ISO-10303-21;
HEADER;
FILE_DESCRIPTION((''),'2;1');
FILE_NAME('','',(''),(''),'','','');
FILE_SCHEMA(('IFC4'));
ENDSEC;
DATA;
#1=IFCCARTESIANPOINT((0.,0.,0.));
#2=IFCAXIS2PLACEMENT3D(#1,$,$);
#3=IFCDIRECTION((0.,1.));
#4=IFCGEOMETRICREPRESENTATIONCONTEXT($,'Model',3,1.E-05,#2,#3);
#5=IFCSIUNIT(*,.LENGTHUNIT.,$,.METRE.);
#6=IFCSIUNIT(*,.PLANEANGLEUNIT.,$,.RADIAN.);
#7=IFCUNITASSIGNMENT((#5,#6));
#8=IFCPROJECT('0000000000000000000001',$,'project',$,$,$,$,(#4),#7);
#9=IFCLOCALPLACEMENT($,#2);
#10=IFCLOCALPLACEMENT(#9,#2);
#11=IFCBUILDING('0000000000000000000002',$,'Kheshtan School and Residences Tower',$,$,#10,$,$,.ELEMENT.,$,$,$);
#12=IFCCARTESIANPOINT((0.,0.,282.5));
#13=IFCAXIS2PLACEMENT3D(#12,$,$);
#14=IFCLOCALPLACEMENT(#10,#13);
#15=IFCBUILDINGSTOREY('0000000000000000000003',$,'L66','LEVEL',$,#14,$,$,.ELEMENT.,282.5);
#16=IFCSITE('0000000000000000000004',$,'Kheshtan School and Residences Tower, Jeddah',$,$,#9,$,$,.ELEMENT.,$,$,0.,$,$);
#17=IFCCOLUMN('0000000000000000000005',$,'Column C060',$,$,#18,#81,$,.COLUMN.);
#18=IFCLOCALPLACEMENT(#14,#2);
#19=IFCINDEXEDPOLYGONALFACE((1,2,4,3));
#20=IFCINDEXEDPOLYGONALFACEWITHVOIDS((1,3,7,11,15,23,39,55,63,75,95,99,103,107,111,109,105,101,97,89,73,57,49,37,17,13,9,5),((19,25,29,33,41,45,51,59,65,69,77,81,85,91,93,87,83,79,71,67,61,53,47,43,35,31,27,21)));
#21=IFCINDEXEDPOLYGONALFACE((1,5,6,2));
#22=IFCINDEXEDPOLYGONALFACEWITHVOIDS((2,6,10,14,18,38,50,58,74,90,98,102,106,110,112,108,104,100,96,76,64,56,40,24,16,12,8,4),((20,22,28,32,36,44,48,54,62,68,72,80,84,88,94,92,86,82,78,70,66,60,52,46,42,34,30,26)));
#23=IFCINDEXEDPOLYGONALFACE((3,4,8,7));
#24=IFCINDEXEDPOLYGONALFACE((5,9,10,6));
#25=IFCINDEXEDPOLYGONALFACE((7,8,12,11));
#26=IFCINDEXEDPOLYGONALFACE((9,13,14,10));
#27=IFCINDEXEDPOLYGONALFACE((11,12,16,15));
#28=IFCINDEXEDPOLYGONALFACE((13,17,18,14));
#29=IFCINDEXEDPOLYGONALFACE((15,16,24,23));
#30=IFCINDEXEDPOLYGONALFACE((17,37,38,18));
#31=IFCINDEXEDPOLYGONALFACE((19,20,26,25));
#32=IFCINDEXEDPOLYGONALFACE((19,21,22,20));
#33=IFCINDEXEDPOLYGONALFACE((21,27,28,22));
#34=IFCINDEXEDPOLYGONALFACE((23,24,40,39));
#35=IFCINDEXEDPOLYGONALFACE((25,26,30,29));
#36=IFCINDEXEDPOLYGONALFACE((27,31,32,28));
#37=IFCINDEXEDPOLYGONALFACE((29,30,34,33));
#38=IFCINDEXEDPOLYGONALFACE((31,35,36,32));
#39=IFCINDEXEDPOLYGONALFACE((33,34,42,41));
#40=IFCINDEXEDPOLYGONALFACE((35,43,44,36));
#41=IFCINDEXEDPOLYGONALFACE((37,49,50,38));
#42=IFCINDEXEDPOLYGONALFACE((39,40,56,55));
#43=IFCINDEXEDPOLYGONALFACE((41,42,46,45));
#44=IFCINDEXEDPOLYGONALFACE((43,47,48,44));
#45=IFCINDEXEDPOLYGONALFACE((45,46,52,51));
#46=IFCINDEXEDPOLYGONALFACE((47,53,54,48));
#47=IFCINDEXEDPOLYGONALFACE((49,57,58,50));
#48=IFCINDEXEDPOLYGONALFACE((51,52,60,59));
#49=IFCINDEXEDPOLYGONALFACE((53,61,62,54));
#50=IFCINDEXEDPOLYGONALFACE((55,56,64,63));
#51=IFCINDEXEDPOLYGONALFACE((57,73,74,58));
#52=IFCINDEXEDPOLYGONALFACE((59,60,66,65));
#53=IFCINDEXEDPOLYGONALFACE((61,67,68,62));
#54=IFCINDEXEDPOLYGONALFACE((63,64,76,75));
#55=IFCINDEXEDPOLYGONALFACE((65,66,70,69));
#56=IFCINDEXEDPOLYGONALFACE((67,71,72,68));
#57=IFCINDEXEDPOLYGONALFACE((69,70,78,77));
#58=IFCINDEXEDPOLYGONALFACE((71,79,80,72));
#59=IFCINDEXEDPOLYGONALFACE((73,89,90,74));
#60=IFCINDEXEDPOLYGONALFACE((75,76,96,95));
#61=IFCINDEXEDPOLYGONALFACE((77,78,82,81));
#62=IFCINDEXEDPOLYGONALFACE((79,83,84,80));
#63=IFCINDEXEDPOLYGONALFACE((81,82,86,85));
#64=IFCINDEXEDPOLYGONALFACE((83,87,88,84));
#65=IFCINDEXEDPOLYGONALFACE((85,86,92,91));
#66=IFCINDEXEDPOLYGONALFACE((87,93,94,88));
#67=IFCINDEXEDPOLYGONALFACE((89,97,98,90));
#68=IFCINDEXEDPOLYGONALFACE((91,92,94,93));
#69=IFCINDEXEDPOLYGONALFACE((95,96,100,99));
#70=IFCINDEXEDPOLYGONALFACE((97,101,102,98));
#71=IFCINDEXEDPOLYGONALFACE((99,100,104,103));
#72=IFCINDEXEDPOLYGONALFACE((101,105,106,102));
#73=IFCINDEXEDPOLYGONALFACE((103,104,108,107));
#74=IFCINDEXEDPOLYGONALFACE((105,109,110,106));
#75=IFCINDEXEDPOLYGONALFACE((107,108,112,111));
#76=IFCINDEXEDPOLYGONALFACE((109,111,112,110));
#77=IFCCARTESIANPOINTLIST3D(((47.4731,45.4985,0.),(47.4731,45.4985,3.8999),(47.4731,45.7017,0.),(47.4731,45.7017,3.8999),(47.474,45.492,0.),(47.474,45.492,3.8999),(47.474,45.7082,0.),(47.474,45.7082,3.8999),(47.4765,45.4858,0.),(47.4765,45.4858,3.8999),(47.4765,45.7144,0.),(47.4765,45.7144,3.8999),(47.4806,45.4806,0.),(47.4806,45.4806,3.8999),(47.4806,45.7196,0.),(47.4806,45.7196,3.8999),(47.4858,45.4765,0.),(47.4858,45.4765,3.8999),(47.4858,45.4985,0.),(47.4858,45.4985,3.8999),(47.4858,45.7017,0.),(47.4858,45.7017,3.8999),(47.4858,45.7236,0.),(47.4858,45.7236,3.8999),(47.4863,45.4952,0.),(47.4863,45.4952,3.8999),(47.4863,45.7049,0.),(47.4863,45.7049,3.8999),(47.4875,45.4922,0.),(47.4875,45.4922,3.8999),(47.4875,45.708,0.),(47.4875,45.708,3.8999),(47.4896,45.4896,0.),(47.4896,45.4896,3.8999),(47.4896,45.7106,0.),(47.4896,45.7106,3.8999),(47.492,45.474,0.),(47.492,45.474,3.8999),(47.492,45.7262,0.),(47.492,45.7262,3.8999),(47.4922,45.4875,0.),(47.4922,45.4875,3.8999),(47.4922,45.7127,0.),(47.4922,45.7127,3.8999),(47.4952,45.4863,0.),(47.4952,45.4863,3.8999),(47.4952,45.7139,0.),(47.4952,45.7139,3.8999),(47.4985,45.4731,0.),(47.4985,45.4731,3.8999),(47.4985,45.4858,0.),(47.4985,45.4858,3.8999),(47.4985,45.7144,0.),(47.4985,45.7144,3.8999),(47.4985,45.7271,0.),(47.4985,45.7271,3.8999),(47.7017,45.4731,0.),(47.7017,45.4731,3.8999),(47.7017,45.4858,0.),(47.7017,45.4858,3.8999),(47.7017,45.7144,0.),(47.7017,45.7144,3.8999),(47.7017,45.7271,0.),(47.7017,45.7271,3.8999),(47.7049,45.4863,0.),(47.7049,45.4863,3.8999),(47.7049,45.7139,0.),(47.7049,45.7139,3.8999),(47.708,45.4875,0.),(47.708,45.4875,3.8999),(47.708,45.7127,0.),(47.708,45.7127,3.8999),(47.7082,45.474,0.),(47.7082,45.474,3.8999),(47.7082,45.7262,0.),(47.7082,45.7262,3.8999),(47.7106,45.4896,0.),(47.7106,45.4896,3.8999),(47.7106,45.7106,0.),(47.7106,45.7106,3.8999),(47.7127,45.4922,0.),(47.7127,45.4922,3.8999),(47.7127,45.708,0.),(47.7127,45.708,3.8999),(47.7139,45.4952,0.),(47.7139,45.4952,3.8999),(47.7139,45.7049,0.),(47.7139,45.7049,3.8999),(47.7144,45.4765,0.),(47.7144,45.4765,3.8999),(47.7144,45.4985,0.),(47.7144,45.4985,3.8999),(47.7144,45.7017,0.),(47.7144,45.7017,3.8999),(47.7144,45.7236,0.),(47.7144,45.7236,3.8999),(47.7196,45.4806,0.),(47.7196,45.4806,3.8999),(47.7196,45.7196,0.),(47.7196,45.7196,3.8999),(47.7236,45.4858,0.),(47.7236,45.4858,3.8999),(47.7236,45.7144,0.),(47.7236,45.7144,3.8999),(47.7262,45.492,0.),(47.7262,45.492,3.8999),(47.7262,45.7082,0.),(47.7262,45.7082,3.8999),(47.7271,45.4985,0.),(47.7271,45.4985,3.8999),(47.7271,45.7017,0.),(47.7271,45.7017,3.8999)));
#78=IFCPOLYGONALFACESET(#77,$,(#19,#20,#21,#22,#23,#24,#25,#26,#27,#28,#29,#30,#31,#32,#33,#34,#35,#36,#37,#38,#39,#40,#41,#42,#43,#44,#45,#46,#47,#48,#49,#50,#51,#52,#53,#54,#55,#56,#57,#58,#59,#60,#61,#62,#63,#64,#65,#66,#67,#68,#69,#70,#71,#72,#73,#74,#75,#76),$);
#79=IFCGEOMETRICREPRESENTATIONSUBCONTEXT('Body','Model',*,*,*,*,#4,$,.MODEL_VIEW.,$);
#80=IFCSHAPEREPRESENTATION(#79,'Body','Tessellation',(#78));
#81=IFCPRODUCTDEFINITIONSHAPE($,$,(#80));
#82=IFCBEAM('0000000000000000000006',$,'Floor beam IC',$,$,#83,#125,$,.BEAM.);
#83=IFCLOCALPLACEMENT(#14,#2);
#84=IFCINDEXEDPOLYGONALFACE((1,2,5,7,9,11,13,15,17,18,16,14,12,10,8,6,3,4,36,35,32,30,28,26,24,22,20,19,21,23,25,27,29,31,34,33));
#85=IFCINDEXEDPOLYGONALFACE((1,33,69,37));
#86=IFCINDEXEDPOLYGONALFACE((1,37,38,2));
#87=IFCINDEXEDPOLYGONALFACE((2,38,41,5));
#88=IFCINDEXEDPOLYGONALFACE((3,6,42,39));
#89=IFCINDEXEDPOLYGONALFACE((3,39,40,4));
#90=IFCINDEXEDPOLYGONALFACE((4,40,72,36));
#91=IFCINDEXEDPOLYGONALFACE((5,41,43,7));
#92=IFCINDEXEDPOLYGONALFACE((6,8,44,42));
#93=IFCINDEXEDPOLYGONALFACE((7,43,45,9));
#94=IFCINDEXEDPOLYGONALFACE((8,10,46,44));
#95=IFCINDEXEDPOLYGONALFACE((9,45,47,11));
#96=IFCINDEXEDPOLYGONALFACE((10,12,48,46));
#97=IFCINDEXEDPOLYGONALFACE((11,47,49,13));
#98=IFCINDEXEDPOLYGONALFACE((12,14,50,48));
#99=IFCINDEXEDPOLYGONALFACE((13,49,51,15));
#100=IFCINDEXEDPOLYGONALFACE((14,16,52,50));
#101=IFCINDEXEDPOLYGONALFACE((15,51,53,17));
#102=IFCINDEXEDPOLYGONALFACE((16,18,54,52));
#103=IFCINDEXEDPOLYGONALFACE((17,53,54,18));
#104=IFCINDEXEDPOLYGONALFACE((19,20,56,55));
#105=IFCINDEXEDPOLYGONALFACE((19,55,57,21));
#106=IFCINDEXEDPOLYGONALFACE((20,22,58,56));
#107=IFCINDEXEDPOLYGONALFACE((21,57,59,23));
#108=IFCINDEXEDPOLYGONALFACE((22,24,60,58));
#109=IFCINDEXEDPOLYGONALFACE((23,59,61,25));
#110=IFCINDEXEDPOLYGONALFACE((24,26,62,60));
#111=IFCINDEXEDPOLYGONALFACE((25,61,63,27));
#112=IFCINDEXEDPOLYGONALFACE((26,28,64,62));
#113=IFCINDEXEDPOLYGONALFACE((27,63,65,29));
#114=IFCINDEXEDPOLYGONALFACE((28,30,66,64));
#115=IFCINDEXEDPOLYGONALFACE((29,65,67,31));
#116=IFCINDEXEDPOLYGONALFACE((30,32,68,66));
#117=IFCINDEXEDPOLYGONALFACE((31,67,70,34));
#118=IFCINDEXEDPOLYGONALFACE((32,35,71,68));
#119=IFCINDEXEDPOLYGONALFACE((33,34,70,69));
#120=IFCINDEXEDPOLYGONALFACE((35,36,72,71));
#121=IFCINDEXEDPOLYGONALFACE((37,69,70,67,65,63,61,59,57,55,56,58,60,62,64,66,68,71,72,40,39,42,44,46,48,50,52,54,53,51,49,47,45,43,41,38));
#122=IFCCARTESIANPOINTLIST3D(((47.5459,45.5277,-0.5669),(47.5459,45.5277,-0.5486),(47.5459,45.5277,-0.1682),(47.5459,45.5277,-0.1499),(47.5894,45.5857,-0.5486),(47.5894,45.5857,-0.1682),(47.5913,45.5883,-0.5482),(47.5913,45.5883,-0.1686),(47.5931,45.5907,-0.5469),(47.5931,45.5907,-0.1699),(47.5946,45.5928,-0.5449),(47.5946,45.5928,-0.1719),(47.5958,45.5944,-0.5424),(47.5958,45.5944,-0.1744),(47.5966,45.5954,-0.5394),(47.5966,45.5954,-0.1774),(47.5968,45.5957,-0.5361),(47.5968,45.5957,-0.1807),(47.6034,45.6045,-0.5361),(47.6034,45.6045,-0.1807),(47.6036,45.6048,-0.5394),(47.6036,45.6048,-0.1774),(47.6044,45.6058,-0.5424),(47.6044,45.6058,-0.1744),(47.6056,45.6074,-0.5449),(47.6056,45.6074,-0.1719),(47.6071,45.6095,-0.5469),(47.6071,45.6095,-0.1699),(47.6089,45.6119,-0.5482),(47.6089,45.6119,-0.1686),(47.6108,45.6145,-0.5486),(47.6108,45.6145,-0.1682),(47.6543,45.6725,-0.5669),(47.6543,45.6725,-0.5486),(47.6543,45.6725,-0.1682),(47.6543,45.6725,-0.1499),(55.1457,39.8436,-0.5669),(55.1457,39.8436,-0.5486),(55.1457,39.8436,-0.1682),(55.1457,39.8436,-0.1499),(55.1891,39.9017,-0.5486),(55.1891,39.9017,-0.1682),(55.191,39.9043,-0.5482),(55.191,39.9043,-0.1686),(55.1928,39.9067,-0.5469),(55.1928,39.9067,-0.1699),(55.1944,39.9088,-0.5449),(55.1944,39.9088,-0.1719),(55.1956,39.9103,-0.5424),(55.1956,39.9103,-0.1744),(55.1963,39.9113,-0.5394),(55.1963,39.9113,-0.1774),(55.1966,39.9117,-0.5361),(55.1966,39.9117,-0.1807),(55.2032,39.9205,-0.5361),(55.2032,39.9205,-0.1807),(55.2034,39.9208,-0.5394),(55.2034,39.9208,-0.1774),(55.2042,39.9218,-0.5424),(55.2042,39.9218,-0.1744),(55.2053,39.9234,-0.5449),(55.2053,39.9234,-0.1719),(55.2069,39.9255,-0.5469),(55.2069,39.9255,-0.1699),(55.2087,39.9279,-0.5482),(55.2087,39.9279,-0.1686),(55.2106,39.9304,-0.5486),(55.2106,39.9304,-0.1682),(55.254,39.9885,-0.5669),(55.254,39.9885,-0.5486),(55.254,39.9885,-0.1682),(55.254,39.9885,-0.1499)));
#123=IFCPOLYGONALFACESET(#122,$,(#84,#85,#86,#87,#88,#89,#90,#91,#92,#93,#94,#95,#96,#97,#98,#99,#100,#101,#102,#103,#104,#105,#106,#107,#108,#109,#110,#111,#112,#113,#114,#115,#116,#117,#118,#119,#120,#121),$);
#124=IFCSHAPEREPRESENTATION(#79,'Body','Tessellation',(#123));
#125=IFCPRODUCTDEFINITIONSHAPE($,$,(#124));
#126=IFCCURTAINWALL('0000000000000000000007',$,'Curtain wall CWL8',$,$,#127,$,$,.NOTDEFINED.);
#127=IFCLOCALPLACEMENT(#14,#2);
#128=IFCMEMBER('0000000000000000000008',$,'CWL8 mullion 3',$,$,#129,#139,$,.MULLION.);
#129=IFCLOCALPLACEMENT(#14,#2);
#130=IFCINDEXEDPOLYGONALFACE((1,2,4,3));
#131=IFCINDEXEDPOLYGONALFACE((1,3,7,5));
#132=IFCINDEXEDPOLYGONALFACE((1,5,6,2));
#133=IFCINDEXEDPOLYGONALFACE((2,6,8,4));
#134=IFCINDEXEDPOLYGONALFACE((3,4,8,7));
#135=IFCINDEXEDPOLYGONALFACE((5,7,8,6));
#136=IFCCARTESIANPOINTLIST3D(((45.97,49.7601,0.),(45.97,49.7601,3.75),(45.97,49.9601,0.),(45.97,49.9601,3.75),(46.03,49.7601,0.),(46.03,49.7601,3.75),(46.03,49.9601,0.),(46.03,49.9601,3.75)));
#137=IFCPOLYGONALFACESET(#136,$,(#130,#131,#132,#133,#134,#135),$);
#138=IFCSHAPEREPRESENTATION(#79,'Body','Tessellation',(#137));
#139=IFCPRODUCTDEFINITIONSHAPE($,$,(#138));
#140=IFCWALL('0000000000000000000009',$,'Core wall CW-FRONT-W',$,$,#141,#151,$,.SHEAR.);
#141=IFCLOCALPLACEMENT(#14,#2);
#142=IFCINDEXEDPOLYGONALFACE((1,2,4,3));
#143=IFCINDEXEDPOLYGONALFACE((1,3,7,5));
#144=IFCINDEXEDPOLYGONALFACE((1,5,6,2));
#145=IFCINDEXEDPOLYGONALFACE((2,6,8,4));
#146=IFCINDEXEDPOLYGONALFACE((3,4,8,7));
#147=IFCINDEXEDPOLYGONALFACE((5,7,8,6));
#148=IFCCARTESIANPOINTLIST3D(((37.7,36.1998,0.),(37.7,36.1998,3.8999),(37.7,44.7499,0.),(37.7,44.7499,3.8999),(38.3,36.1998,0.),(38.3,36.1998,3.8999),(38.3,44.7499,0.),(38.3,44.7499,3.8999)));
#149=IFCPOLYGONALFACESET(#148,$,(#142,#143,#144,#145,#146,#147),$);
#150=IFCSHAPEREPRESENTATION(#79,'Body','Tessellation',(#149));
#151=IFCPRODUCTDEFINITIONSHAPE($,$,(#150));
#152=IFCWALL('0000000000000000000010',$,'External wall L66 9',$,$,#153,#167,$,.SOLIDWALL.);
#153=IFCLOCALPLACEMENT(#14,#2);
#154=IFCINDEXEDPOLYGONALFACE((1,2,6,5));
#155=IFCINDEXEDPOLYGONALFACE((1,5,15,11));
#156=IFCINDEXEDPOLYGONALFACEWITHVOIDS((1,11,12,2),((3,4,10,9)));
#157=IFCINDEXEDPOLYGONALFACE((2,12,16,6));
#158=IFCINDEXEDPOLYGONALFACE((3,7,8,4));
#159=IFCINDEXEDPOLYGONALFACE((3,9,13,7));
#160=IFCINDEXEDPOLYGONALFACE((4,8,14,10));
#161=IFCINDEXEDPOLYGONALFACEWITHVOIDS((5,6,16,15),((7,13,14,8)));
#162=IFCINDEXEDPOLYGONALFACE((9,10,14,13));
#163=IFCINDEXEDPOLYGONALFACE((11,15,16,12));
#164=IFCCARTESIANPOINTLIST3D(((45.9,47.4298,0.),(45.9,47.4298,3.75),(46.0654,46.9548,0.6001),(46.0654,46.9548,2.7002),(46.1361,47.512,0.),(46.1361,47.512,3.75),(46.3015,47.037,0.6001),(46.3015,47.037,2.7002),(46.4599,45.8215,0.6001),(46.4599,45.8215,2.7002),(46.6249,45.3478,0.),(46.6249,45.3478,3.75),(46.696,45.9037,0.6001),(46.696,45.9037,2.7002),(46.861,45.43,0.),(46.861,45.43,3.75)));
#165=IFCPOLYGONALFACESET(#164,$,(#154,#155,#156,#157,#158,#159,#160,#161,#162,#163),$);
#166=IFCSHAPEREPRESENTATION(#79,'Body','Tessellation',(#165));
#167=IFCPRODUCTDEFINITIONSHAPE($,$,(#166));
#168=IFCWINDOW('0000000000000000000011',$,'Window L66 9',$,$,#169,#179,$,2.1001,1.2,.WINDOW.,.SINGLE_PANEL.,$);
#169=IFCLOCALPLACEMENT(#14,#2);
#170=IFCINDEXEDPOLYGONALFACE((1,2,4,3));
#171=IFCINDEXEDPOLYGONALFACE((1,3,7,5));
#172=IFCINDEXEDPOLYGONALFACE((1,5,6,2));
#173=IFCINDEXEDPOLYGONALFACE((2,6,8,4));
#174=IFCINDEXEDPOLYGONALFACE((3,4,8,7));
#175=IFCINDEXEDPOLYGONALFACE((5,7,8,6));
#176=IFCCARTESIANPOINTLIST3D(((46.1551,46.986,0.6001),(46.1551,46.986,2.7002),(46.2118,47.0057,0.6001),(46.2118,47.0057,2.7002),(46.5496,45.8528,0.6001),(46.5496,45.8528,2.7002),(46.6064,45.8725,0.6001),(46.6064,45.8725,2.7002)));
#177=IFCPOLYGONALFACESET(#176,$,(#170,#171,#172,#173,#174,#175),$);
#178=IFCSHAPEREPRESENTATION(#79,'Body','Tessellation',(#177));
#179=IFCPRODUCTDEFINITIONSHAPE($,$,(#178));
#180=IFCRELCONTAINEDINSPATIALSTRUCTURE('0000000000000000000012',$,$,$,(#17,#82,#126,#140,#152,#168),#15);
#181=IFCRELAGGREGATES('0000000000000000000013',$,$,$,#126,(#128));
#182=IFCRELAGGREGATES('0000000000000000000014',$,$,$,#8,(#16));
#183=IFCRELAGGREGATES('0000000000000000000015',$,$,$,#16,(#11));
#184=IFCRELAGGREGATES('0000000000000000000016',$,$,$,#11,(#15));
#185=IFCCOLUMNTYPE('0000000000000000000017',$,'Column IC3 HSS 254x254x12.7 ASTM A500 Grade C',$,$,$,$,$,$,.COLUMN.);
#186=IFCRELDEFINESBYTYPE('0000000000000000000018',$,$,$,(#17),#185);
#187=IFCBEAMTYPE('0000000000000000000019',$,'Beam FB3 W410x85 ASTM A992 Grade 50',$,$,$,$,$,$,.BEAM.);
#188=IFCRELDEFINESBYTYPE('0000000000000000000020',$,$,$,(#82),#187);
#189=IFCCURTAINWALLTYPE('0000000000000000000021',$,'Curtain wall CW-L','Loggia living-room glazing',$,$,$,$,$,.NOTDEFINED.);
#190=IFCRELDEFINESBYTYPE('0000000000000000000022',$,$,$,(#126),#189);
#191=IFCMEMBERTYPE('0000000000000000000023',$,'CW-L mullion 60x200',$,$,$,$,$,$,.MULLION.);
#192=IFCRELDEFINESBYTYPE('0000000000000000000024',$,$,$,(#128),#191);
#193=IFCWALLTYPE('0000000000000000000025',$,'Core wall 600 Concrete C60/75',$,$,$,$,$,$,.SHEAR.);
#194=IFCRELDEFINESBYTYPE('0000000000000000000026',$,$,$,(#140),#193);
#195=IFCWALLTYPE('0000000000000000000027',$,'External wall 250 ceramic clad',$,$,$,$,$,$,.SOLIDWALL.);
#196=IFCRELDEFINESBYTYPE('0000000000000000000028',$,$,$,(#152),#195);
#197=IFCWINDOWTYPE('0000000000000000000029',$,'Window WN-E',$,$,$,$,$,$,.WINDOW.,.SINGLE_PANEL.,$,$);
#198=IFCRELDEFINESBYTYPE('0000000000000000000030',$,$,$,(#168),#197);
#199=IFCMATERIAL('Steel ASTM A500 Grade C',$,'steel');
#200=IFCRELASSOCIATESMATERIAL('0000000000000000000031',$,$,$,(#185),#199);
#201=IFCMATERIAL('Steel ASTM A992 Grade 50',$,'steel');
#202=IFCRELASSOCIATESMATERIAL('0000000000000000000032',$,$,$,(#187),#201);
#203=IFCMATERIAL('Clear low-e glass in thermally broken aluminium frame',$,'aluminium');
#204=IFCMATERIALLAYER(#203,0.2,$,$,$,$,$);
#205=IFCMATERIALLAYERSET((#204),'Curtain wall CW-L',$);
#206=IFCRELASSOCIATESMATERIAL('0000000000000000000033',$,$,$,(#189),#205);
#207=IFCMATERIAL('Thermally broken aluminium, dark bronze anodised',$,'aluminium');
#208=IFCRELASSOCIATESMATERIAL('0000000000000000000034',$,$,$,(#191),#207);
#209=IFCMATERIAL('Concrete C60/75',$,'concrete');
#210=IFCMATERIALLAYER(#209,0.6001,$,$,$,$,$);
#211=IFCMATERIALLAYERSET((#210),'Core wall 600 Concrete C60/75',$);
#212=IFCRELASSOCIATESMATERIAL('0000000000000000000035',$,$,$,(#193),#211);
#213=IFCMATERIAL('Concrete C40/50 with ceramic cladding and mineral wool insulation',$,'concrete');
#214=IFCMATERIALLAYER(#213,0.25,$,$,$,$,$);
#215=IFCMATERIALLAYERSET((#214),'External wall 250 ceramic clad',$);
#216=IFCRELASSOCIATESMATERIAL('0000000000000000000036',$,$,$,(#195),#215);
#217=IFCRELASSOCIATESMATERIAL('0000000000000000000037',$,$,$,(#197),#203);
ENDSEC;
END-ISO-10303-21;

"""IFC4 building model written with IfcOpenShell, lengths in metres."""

from ifc_helpers import new_model, si_unit, direction, frame, frame_2d, origin, origin_2d, place, context, subcontext, project, spatial, rectangle, hollow_rectangle, i_section, extrude, source, transform, mapped, material, layer, layer_set, material_profile, profile_set, type_object, element, fill, aggregate, save


model = new_model("IFC4")

# Units and contexts
model_context = context("Model", 3, precision=1e-05, world=origin(), true_north=direction((0.0, 1.0)))
body_context = subcontext(model_context, "Body", "Model", "MODEL_VIEW")
ifc_project = project(units=[si_unit("LENGTHUNIT", "METRE"), si_unit("PLANEANGLEUNIT", "RADIAN")], contexts=[model_context])

# Site, building, storey
site_placement = place(None, origin())
site = spatial("IfcSite", under=ifc_project, at=site_placement, Name="Kheshtan School and Residences Tower, Jeddah", CompositionType="ELEMENT", RefElevation=0.0)
building_placement = place(site_placement, origin())
building = spatial("IfcBuilding", under=site, at=building_placement, Name="Kheshtan School and Residences Tower", CompositionType="ELEMENT")
storey_placement = place(building_placement, frame((0.0, 0.0, 282.5)))
storey = spatial("IfcBuildingStorey", under=building, at=storey_placement, Name="L66", Description="LEVEL", CompositionType="ELEMENT", Elevation=282.5)

# Column
ifc_material_1 = material(Name="Steel ASTM A500 Grade C", Category="steel")
ifc_material_profile_1 = material_profile(ifc_material_1, hollow_rectangle(XDim=0.2539, YDim=0.2539, WallThickness=0.0127, InnerFilletRadius=0.0127, OuterFilletRadius=0.0254, at=origin_2d()), Name="HSS 254x254x12.7")
ifc_profile_set_1 = profile_set([ifc_material_profile_1], Name="Steel ASTM A500 Grade C")
column_type = type_object("IfcColumnType", Name="Column IC3 HSS 254x254x12.7 ASTM A500 Grade C", PredefinedType="COLUMN", material=ifc_profile_set_1)
column_placement = place(storey_placement, frame((47.6001, 45.6001, 0.0), z_axis=(0.0, 0.0, 1.0), x_axis=(1.0, 0.0, 0.0)))
element("IfcColumn", 1, at=column_placement, inside=storey, type_object=column_type, Name="Column C060", PredefinedType="COLUMN", context=body_context, shape_type="SweptSolid", body=[
    extrude(hollow_rectangle(XDim=0.2539, YDim=0.2539, WallThickness=0.0127, InnerFilletRadius=0.0127, OuterFilletRadius=0.0254, at=origin_2d()), origin(), (0.0, 0.0, 1.0), 3.8999),
])

# Beam
ifc_material_2 = material(Name="Steel ASTM A992 Grade 50", Category="steel")
ifc_material_profile_2 = material_profile(ifc_material_2, i_section(OverallWidth=0.1809, OverallDepth=0.417, WebThickness=0.011, FlangeThickness=0.0183, FilletRadius=0.0125, at=origin_2d()), Name="W410x85")
ifc_profile_set_2 = profile_set([ifc_material_profile_2], Name="Steel ASTM A992 Grade 50")
beam_type = type_object("IfcBeamType", Name="Beam FB3 W410x85 ASTM A992 Grade 50", PredefinedType="BEAM", material=ifc_profile_set_2)
beam_placement = place(storey_placement, frame((47.6001, 45.6001, -0.3584), z_axis=(0.800799, -0.598933, 0.0), x_axis=(0.598933, 0.800799, 0.0)))
element("IfcBeam", 2, at=beam_placement, inside=storey, type_object=beam_type, Name="Floor beam IC", PredefinedType="BEAM", context=body_context, shape_type="SweptSolid", body=[
    extrude(i_section(OverallWidth=0.1809, OverallDepth=0.417, WebThickness=0.011, FlangeThickness=0.0183, FilletRadius=0.0125, at=origin_2d()), origin(), (0.0, 0.0, 1.0), 9.4902),
])

# Curtain wall, member
ifc_material_3 = material(Name="Clear low-e glass in thermally broken aluminium frame", Category="aluminium")
ifc_layer_1 = layer(ifc_material_3, 0.2)
ifc_layer_set_1 = layer_set([ifc_layer_1], Name="Curtain wall CW-L")
curtain_wall_type = type_object("IfcCurtainWallType", Name="Curtain wall CW-L", Description="Loggia living-room glazing", PredefinedType="NOTDEFINED", material=ifc_layer_set_1)
curtain_wall_placement = place(storey_placement, origin())
curtain_wall = element("IfcCurtainWall", 3, at=curtain_wall_placement, inside=storey, type_object=curtain_wall_type, Name="Curtain wall CWL8", PredefinedType="NOTDEFINED")
ifc_material_4 = material(Name="Thermally broken aluminium, dark bronze anodised", Category="aluminium")
ifc_material_profile_3 = material_profile(ifc_material_4, rectangle(XDim=0.0601, YDim=0.2, at=origin_2d()), Name="CW-L mullion 60x200")
ifc_profile_set_3 = profile_set([ifc_material_profile_3], Name="Thermally broken aluminium, dark bronze anodised")
member_type = type_object("IfcMemberType", Name="CW-L mullion 60x200", PredefinedType="MULLION", material=ifc_profile_set_3)
member_placement = place(storey_placement, frame((46.0, 49.8601, 0.0), z_axis=(0.0, 0.0, 1.0), x_axis=(1.0, 0.0, 0.0)))
member = element("IfcMember", 4, at=member_placement, type_object=member_type, Name="CWL8 mullion 3", PredefinedType="MULLION", context=body_context, shape_type="SweptSolid", body=[
    extrude(rectangle(XDim=0.0601, YDim=0.2, at=origin_2d()), origin(), (0.0, 0.0, 1.0), 3.75),
])
aggregate(curtain_wall, [member])

# Wall
ifc_material_5 = material(Name="Concrete C60/75", Category="concrete")
ifc_layer_2 = layer(ifc_material_5, 0.6001)
ifc_layer_set_2 = layer_set([ifc_layer_2], Name="Core wall 600 Concrete C60/75")
wall_type_1 = type_object("IfcWallType", Name="Core wall 600 Concrete C60/75", PredefinedType="SHEAR", material=ifc_layer_set_2)
wall_1_placement = place(storey_placement, frame((38.0, 36.2, 0.0), z_axis=(0.0, 0.0, 1.0), x_axis=(0.0, 1.0, 0.0)))
element("IfcWall", 5, at=wall_1_placement, inside=storey, type_object=wall_type_1, Name="Core wall CW-FRONT-W", PredefinedType="SHEAR", context=body_context, shape_type="SweptSolid", body=[
    extrude(rectangle(XDim=8.55, YDim=0.6001, at=frame_2d((4.2749, 0.0))), origin(), (0.0, 0.0, 1.0), 3.8999),
])

# Wall, opening, window
ifc_material_6 = material(Name="Concrete C40/50 with ceramic cladding and mineral wool insulation", Category="concrete")
ifc_layer_3 = layer(ifc_material_6, 0.25)
ifc_layer_set_3 = layer_set([ifc_layer_3], Name="External wall 250 ceramic clad")
wall_type_2 = type_object("IfcWallType", Name="External wall 250 ceramic clad", PredefinedType="SOLIDWALL", material=ifc_layer_set_3)
wall_2_placement = place(storey_placement, frame((46.0181, 47.4709, 0.0), z_axis=(0.0, 0.0, 1.0), x_axis=(0.328791, -0.944403, 0.0)))
wall_2 = element("IfcWall", 6, at=wall_2_placement, inside=storey, type_object=wall_type_2, Name="External wall L66 9", PredefinedType="SOLIDWALL", context=body_context, shape_type="SweptSolid", body=[
    extrude(rectangle(XDim=2.2046, YDim=0.25, at=frame_2d((1.1023, 0.0))), origin(), (0.0, 0.0, 1.0), 3.75),
])
opening_1_placement = place(wall_2_placement, frame((0.5029, 0.0, 0.6001)))
opening_1 = element("IfcOpeningElement", 7, at=opening_1_placement, cuts=wall_2, PredefinedType="OPENING", context=body_context, shape_type="SweptSolid", body=[
    extrude(rectangle(XDim=1.2, YDim=2.1001, at=frame_2d((0.6001, 1.05))), frame((0.0, 0.135, 0.0), z_axis=(0.0, -1.0, 0.0), x_axis=(1.0, 0.0, 0.0)), (0.0, 0.0, 1.0), 0.27),
])
window_type = type_object("IfcWindowType", Name="Window WN-E", PartitioningType="SINGLE_PANEL", PredefinedType="WINDOW", material=ifc_material_3)
shared_shape_1 = source(origin(), body_context, "Body", "SweptSolid", [
    extrude(rectangle(XDim=1.2, YDim=2.1001, at=frame_2d((0.6001, 1.05))), frame((0.0, 0.03, 0.0), z_axis=(0.0, -1.0, 0.0), x_axis=(1.0, 0.0, 0.0)), (0.0, 0.0, 1.0), 0.0601),
])
window_1_placement = place(opening_1_placement, origin())
window_1 = element("IfcWindow", 8, at=window_1_placement, inside=storey, type_object=window_type, Name="Window L66 9", OverallHeight=2.1001, OverallWidth=1.2, PartitioningType="SINGLE_PANEL", PredefinedType="WINDOW", context=body_context, shape_type="MappedRepresentation", body=[
    mapped(shared_shape_1, transform((0.0, 0.0, 0.0), x_axis=(1.0, 0.0, 0.0), y_axis=(0.0, 1.0, 0.0), z_axis=(0.0, 0.0, 1.0), scale=1.0)),
])
fill(opening_1, window_1)

save(model, "model.ifc")
